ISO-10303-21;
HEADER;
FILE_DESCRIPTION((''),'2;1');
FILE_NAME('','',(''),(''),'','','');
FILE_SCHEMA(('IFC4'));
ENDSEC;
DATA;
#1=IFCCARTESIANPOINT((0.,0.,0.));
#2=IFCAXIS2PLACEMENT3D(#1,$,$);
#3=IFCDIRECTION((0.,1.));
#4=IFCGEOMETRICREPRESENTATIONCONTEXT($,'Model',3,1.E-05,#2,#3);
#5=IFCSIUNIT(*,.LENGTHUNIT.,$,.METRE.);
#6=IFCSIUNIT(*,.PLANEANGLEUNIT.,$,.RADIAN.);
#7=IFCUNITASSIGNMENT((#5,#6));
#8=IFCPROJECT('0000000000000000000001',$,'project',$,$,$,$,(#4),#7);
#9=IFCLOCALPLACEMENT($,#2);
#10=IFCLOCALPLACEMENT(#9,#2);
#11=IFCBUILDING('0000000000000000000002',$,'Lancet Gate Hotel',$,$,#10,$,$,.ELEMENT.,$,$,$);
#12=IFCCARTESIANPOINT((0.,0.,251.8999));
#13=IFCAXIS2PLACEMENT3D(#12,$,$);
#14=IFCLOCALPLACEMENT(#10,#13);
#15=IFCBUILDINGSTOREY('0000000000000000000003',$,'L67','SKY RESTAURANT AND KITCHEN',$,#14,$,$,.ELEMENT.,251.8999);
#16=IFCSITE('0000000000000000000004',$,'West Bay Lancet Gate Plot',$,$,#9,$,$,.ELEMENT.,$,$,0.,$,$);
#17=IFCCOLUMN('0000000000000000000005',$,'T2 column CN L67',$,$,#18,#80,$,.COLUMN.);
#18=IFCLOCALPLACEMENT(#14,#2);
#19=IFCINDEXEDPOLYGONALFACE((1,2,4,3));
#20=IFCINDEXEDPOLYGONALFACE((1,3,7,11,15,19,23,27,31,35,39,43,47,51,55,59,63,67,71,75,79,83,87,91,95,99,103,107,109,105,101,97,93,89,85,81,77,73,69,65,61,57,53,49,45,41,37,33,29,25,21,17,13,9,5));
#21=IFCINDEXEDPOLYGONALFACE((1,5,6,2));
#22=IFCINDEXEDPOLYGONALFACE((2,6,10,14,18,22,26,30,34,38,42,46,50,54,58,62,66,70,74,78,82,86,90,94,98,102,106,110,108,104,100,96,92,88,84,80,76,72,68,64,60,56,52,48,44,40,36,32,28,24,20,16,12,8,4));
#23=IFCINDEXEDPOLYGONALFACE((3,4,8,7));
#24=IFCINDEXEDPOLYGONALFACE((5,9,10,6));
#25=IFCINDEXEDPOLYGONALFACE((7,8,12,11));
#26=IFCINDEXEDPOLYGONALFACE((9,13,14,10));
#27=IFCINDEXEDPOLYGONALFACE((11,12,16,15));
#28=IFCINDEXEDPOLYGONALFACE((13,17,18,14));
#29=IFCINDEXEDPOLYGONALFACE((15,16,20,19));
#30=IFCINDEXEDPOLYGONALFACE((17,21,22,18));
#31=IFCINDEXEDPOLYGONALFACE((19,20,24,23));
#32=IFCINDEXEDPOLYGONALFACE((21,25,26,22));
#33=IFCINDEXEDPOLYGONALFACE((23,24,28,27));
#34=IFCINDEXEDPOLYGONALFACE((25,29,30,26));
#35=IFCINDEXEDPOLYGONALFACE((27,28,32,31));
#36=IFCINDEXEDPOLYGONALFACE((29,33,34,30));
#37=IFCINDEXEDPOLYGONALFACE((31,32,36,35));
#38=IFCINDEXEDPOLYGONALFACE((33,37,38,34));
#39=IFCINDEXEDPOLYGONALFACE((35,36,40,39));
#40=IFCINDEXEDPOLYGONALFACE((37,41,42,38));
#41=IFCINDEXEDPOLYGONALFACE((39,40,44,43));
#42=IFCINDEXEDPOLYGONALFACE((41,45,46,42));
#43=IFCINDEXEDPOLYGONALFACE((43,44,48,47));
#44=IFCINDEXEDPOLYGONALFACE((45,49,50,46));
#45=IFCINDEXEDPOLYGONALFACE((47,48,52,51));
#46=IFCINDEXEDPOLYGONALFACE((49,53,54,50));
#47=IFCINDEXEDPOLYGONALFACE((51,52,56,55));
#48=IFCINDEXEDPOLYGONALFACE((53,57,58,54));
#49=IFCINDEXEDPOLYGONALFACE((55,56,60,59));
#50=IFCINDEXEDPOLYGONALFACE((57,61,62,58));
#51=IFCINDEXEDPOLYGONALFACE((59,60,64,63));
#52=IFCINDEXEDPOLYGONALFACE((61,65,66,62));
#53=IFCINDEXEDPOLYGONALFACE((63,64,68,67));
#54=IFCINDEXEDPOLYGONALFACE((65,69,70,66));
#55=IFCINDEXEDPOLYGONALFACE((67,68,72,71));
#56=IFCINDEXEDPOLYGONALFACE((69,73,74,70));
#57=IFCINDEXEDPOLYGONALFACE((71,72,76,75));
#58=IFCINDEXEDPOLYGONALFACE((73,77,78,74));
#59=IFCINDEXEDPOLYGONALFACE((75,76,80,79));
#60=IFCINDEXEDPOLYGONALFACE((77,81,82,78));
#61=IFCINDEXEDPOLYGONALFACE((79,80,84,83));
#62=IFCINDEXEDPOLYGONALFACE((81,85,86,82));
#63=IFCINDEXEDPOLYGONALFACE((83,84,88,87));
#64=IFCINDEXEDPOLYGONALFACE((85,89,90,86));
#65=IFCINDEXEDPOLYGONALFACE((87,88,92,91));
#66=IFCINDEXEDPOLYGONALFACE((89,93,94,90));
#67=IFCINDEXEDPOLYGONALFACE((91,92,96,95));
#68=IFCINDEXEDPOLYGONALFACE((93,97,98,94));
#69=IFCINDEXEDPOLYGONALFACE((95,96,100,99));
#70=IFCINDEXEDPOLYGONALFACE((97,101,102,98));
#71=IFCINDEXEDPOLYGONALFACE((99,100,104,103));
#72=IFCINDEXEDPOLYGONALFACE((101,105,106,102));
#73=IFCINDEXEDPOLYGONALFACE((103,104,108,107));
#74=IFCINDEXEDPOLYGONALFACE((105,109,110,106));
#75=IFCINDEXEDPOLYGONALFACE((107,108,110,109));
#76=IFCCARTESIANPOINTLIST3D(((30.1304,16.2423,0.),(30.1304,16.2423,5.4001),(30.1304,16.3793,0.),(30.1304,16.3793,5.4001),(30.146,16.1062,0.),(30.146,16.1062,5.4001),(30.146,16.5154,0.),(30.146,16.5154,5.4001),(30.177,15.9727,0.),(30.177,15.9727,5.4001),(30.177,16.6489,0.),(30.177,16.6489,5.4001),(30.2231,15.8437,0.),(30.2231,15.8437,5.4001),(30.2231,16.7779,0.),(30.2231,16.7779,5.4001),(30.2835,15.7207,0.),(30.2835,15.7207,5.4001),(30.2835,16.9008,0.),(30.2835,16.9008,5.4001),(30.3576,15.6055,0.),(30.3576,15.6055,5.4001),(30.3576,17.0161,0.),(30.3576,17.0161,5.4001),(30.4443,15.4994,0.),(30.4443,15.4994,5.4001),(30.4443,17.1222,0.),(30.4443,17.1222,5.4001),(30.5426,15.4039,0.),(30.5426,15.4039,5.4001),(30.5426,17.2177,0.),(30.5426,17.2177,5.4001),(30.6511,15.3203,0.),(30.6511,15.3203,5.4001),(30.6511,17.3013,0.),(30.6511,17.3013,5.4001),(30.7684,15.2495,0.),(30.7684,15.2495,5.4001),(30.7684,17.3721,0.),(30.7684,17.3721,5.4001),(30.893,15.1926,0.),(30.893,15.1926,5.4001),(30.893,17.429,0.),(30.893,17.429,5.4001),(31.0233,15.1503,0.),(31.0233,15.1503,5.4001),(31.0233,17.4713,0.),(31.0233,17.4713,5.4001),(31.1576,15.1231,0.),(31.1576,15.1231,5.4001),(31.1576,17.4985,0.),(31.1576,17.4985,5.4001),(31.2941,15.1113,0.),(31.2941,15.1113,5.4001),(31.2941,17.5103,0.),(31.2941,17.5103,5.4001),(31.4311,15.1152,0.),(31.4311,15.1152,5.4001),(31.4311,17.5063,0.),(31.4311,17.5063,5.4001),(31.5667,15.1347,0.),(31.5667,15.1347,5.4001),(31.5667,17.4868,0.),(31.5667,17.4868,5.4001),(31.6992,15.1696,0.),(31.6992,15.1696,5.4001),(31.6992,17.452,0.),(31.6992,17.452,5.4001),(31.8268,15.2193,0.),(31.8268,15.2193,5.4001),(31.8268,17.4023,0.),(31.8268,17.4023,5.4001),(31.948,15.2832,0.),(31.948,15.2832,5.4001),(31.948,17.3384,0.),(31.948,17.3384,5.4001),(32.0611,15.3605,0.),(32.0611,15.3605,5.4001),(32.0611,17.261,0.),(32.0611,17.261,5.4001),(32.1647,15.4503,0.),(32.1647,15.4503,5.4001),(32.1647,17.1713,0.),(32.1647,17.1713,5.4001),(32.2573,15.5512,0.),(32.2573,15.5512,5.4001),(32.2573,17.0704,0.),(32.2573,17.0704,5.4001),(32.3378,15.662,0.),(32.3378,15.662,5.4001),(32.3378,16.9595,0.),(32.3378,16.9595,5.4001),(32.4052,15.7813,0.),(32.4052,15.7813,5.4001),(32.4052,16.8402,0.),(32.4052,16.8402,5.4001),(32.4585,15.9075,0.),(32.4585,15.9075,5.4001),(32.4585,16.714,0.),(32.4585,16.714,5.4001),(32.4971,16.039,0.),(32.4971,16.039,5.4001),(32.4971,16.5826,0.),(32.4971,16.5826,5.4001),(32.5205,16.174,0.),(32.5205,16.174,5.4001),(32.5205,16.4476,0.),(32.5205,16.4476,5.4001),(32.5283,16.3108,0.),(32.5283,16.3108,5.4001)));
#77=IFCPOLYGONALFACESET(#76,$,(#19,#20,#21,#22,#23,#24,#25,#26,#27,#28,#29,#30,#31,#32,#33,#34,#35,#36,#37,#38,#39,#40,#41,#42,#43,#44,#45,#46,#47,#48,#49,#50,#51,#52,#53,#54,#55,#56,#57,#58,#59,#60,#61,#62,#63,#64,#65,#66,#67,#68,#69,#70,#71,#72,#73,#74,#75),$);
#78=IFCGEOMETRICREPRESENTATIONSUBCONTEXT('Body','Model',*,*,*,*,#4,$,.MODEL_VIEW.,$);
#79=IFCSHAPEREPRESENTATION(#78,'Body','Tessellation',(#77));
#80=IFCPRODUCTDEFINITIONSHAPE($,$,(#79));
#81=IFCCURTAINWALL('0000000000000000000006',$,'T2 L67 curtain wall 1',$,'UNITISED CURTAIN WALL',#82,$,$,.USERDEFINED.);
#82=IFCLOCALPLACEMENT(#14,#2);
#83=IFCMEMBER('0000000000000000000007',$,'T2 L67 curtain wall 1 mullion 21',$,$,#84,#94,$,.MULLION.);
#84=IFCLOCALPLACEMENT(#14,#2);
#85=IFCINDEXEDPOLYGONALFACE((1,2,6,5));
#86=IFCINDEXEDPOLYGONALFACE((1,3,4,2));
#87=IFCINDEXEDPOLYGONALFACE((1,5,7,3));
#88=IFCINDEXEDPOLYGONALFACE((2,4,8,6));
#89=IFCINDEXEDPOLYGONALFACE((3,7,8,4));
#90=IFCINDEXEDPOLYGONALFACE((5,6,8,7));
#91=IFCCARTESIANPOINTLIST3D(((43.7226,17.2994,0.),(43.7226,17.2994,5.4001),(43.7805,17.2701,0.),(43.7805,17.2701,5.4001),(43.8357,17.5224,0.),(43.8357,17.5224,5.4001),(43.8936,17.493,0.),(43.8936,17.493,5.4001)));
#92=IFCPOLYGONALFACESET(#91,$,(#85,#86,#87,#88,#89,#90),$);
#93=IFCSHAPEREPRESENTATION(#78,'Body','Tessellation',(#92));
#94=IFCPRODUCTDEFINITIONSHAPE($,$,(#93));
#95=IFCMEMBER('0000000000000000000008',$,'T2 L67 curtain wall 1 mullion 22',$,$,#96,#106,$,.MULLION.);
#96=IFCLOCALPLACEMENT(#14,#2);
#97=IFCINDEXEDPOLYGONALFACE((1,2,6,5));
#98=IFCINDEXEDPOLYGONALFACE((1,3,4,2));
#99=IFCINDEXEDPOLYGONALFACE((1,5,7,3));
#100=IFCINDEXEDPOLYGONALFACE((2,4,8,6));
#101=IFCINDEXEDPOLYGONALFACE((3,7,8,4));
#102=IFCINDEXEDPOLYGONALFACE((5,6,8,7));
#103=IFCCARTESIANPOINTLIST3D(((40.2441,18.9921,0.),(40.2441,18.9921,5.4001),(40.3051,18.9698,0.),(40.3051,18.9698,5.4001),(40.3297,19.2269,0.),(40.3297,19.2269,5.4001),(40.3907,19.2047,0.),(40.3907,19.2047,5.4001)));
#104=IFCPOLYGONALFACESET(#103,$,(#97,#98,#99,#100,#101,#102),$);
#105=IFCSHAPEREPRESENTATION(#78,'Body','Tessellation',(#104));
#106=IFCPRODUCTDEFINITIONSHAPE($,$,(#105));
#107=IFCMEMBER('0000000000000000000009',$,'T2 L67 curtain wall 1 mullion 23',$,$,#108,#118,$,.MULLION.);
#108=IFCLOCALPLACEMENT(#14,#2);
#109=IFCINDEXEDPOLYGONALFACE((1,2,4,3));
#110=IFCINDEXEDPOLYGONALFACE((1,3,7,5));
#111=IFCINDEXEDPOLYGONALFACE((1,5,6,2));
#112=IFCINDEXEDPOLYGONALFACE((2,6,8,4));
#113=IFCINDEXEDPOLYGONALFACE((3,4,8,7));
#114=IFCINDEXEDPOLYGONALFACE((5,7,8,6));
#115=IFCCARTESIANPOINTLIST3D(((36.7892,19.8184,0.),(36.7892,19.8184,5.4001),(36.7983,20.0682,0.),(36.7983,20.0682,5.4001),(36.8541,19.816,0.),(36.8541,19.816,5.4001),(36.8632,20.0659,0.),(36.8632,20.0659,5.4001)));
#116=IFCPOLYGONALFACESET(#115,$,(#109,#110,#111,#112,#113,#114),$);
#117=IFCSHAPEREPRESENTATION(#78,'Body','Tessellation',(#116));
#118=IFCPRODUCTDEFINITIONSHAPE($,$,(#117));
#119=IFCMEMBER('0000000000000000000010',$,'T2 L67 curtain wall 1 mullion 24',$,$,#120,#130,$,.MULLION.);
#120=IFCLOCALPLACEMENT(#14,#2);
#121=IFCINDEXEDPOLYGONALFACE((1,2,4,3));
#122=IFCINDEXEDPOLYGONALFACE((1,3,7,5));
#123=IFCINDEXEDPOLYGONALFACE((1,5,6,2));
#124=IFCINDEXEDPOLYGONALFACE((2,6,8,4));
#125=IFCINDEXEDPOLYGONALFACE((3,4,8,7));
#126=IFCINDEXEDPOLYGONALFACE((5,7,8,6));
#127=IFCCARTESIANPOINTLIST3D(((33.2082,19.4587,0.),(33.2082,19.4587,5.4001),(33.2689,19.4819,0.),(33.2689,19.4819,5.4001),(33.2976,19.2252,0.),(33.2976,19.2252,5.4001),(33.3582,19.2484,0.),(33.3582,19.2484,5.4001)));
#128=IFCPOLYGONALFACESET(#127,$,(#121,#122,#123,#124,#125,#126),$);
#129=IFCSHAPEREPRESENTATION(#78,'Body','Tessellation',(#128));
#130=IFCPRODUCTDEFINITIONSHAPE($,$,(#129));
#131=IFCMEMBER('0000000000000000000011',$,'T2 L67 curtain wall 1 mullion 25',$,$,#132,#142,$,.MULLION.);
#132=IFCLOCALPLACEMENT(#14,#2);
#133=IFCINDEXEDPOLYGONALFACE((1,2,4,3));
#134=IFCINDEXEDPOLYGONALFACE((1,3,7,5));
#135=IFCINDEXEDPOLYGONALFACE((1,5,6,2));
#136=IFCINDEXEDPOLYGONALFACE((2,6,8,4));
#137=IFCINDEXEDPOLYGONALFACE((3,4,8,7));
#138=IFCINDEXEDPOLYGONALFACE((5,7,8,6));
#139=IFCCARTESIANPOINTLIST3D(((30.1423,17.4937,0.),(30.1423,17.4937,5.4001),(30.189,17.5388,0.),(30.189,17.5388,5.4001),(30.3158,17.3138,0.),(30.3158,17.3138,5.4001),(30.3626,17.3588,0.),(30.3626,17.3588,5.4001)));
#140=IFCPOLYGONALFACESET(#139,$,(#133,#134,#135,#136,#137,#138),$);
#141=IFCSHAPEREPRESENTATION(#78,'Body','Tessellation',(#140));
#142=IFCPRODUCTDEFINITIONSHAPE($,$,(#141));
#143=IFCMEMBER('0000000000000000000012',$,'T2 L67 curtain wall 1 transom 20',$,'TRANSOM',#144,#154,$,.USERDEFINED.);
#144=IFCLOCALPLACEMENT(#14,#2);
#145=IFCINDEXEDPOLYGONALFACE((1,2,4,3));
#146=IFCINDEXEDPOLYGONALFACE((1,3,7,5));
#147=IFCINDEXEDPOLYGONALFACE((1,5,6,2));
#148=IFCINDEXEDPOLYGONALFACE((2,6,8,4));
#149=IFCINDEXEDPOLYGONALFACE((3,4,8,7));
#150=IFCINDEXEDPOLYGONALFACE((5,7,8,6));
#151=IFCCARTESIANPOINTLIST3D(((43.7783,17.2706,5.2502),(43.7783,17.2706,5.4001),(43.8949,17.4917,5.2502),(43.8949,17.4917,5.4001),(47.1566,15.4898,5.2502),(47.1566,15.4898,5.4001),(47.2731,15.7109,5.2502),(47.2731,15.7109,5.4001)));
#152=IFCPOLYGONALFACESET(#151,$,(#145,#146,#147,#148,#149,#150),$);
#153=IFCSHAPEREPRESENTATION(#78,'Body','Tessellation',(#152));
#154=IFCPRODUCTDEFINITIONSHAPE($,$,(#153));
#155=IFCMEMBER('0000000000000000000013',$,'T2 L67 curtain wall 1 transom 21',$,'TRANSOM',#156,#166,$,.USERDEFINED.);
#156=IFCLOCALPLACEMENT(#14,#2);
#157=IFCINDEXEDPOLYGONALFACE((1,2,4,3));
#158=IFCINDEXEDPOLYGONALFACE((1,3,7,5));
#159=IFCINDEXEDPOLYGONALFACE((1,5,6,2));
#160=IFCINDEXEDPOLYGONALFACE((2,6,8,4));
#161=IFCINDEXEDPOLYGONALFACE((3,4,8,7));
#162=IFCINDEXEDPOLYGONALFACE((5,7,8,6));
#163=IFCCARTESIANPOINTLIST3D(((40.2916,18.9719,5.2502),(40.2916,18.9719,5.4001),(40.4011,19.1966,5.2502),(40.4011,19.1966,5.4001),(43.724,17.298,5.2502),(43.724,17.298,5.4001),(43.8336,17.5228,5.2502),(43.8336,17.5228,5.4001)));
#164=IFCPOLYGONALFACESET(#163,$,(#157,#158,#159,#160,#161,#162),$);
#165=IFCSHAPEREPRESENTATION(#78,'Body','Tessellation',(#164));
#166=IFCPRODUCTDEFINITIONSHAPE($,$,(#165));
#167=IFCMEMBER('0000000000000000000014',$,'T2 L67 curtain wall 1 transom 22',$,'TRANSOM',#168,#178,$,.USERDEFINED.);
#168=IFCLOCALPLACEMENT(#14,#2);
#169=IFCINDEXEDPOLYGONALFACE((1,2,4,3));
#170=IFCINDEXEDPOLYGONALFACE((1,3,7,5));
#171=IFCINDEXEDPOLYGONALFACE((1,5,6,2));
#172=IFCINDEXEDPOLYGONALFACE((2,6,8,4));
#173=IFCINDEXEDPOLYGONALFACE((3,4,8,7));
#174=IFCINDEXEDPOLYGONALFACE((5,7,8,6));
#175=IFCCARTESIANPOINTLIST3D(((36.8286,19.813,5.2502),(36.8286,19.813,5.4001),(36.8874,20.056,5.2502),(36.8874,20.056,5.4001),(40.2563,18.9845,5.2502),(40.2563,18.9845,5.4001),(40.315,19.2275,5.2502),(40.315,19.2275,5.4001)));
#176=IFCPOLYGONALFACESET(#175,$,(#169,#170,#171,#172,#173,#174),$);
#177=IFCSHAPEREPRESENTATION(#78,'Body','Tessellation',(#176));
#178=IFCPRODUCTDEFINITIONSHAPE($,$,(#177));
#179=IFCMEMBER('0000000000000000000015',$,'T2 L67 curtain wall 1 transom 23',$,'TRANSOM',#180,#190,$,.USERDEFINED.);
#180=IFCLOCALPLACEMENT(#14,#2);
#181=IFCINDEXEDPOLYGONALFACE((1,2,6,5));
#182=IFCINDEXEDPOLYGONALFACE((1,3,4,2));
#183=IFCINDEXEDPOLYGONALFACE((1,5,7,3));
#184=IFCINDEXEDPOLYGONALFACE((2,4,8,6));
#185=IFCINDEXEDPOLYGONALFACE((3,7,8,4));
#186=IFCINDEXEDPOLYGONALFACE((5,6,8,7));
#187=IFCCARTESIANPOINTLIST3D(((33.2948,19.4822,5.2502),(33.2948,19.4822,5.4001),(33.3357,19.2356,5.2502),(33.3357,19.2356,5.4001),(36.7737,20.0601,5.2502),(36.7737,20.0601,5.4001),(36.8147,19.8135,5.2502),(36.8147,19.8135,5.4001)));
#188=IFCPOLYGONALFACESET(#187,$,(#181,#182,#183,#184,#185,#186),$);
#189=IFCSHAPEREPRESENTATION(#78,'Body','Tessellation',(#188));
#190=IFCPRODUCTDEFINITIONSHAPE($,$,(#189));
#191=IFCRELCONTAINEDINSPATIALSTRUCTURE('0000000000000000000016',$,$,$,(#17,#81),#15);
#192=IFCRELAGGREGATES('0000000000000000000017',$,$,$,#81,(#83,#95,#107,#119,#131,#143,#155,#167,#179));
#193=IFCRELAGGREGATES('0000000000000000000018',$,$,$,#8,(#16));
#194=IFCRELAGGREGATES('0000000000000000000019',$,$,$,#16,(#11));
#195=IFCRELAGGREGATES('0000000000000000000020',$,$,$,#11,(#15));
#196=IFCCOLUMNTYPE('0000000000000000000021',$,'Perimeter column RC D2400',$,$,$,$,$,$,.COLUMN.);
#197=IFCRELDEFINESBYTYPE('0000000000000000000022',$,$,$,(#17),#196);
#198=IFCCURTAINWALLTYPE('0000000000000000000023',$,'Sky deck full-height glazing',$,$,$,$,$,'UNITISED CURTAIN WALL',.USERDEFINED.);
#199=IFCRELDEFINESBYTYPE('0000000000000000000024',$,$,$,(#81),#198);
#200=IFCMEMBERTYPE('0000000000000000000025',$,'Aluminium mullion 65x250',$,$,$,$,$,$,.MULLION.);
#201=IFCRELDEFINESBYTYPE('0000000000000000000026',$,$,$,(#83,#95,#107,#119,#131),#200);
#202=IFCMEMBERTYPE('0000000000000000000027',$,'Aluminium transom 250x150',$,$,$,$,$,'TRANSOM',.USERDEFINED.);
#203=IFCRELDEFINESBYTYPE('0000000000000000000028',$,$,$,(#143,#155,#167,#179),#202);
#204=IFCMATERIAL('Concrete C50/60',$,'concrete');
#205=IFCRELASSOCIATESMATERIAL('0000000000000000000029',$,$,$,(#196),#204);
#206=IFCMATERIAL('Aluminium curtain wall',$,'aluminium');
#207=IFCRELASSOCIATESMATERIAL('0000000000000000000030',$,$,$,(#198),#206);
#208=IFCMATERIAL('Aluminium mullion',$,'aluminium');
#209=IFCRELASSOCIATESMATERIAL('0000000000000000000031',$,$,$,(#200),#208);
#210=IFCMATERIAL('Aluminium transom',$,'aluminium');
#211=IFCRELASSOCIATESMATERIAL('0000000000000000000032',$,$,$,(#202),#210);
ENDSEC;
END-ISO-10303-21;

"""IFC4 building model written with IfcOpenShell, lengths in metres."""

from ifc_helpers import new_model, si_unit, direction, frame, origin, origin_2d, place, context, subcontext, project, spatial, rectangle, circle, extrude, material, material_profile, profile_set, type_object, element, aggregate, save


model = new_model("IFC4")

# Units and contexts
model_context = context("Model", 3, precision=1e-05, world=origin(), true_north=direction((0.0, 1.0)))
body_context = subcontext(model_context, "Body", "Model", "MODEL_VIEW")
ifc_project = project(units=[si_unit("LENGTHUNIT", "METRE"), si_unit("PLANEANGLEUNIT", "RADIAN")], contexts=[model_context])

# Site, building, storey
site_placement = place(None, origin())
site = spatial("IfcSite", under=ifc_project, at=site_placement, Name="West Bay Lancet Gate Plot", CompositionType="ELEMENT", RefElevation=0.0)
building_placement = place(site_placement, origin())
building = spatial("IfcBuilding", under=site, at=building_placement, Name="Lancet Gate Hotel", CompositionType="ELEMENT")
storey_placement = place(building_placement, frame((0.0, 0.0, 251.8999)))
storey = spatial("IfcBuildingStorey", under=building, at=storey_placement, Name="L67", Description="SKY RESTAURANT AND KITCHEN", CompositionType="ELEMENT", Elevation=251.8999)

# Column
ifc_material_1 = material(Name="Concrete C50/60", Category="concrete")
ifc_material_profile_1 = material_profile(ifc_material_1, circle(Radius=1.2, at=origin_2d()), Name="RC D2400")
ifc_profile_set_1 = profile_set([ifc_material_profile_1], Name="Concrete C50/60")
column_type = type_object("IfcColumnType", Name="Perimeter column RC D2400", PredefinedType="COLUMN", material=ifc_profile_set_1)
column_placement = place(storey_placement, frame((31.3284, 16.3108, 0.0), z_axis=(0.0, 0.0, 1.0), x_axis=(1.0, 0.0, 0.0)))
element("IfcColumn", 1, at=column_placement, inside=storey, type_object=column_type, Name="T2 column CN L67", PredefinedType="COLUMN", context=body_context, shape_type="SweptSolid", body=[
    extrude(circle(Radius=1.2, at=origin_2d()), origin(), (0.0, 0.0, 1.0), 5.4001),
])

# Curtain wall, members
ifc_material_2 = material(Name="Aluminium curtain wall", Category="aluminium")
curtain_wall_type = type_object("IfcCurtainWallType", Name="Sky deck full-height glazing", ElementType="UNITISED CURTAIN WALL", PredefinedType="USERDEFINED", material=ifc_material_2)
curtain_wall_placement = place(storey_placement, origin())
curtain_wall = element("IfcCurtainWall", 2, at=curtain_wall_placement, inside=storey, type_object=curtain_wall_type, Name="T2 L67 curtain wall 1", ObjectType="UNITISED CURTAIN WALL", PredefinedType="USERDEFINED")
ifc_material_3 = material(Name="Aluminium mullion", Category="aluminium")
ifc_material_profile_2 = material_profile(ifc_material_3, rectangle(XDim=0.0649, YDim=0.25, at=origin_2d()), Name="MULLION 65x250")
ifc_profile_set_2 = profile_set([ifc_material_profile_2], Name="Aluminium mullion")
member_type_1 = type_object("IfcMemberType", Name="Aluminium mullion 65x250", PredefinedType="MULLION", material=ifc_profile_set_2)
member_1_placement = place(storey_placement, frame((43.8081, 17.3962, 0.0), z_axis=(0.0, 0.0, 1.0), x_axis=(-0.891833, 0.452365, 0.0)))
member_1 = element("IfcMember", 3, at=member_1_placement, type_object=member_type_1, Name="T2 L67 curtain wall 1 mullion 21", PredefinedType="MULLION", context=body_context, shape_type="SweptSolid", body=[
    extrude(rectangle(XDim=0.0649, YDim=0.25, at=origin_2d()), origin(), (0.0, 0.0, 1.0), 5.4001),
])
member_2_placement = place(storey_placement, frame((40.3174, 19.0984, 0.0), z_axis=(0.0, 0.0, 1.0), x_axis=(-0.939484, 0.342593, 0.0)))
member_2 = element("IfcMember", 4, at=member_2_placement, type_object=member_type_1, Name="T2 L67 curtain wall 1 mullion 22", PredefinedType="MULLION", context=body_context, shape_type="SweptSolid", body=[
    extrude(rectangle(XDim=0.0649, YDim=0.25, at=origin_2d()), origin(), (0.0, 0.0, 1.0), 5.4001),
])
member_3_placement = place(storey_placement, frame((36.8262, 19.9421, 0.0), z_axis=(0.0, 0.0, 1.0), x_axis=(-0.999343, 0.03625, 0.0)))
member_3 = element("IfcMember", 5, at=member_3_placement, type_object=member_type_1, Name="T2 L67 curtain wall 1 mullion 23", PredefinedType="MULLION", context=body_context, shape_type="SweptSolid", body=[
    extrude(rectangle(XDim=0.0649, YDim=0.25, at=origin_2d()), origin(), (0.0, 0.0, 1.0), 5.4001),
])
member_4_placement = place(storey_placement, frame((33.2832, 19.3535, 0.0), z_axis=(0.0, 0.0, 1.0), x_axis=(-0.933943, -0.357421, 0.0)))
member_4 = element("IfcMember", 6, at=member_4_placement, type_object=member_type_1, Name="T2 L67 curtain wall 1 mullion 24", PredefinedType="MULLION", context=body_context, shape_type="SweptSolid", body=[
    extrude(rectangle(XDim=0.0649, YDim=0.25, at=origin_2d()), origin(), (0.0, 0.0, 1.0), 5.4001),
])
member_5_placement = place(storey_placement, frame((30.2524, 17.4263, 0.0), z_axis=(0.0, 0.0, 1.0), x_axis=(-0.719809, -0.694172, 0.0)))
member_5 = element("IfcMember", 7, at=member_5_placement, type_object=member_type_1, Name="T2 L67 curtain wall 1 mullion 25", PredefinedType="MULLION", context=body_context, shape_type="SweptSolid", body=[
    extrude(rectangle(XDim=0.0649, YDim=0.25, at=origin_2d()), origin(), (0.0, 0.0, 1.0), 5.4001),
])
ifc_material_4 = material(Name="Aluminium transom", Category="aluminium")
ifc_material_profile_3 = material_profile(ifc_material_4, rectangle(XDim=0.25, YDim=0.1499, at=origin_2d()), Name="TRANSOM 250x150")
ifc_profile_set_3 = profile_set([ifc_material_profile_3], Name="Aluminium transom")
member_type_2 = type_object("IfcMemberType", Name="Aluminium transom 250x150", ElementType="TRANSOM", PredefinedType="USERDEFINED", material=ifc_profile_set_3)
member_6_placement = place(storey_placement, frame((47.2148, 15.6003, 5.3252), z_axis=(-0.884618, 0.466315, 0.0), x_axis=(-0.466315, -0.884618, 0.0)))
member_6 = element("IfcMember", 8, at=member_6_placement, type_object=member_type_2, Name="T2 L67 curtain wall 1 transom 20", ObjectType="TRANSOM", PredefinedType="USERDEFINED", context=body_context, shape_type="SweptSolid", body=[
    extrude(rectangle(XDim=0.25, YDim=0.1499, at=origin_2d()), origin(), (0.0, 0.0, 1.0), 3.8188),
])
member_7_placement = place(storey_placement, frame((43.7788, 17.4104, 5.3252), z_axis=(-0.89882, 0.438318, 0.0), x_axis=(-0.438318, -0.89882, 0.0)))
member_7 = element("IfcMember", 9, at=member_7_placement, type_object=member_type_2, Name="T2 L67 curtain wall 1 transom 21", ObjectType="TRANSOM", PredefinedType="USERDEFINED", context=body_context, shape_type="SweptSolid", body=[
    extrude(rectangle(XDim=0.25, YDim=0.1499, at=origin_2d()), origin(), (0.0, 0.0, 1.0), 3.8188),
])
member_8_placement = place(storey_placement, frame((40.2856, 19.106, 5.3252), z_axis=(-0.972003, 0.23497, 0.0), x_axis=(-0.23497, -0.972003, 0.0)))
member_8 = element("IfcMember", 10, at=member_8_placement, type_object=member_type_2, Name="T2 L67 curtain wall 1 transom 22", ObjectType="TRANSOM", PredefinedType="USERDEFINED", context=body_context, shape_type="SweptSolid", body=[
    extrude(rectangle(XDim=0.25, YDim=0.1499, at=origin_2d()), origin(), (0.0, 0.0, 1.0), 3.5264),
])
member_9_placement = place(storey_placement, frame((36.7942, 19.9368, 5.3252), z_axis=(-0.986484, -0.16386, 0.0), x_axis=(0.16386, -0.986484, 0.0)))
member_9 = element("IfcMember", 11, at=member_9_placement, type_object=member_type_2, Name="T2 L67 curtain wall 1 transom 23", ObjectType="TRANSOM", PredefinedType="USERDEFINED", context=body_context, shape_type="SweptSolid", body=[
    extrude(rectangle(XDim=0.25, YDim=0.1499, at=origin_2d()), origin(), (0.0, 0.0, 1.0), 3.5266),
])
aggregate(curtain_wall, [member_1, member_2, member_3, member_4, member_5, member_6, member_7, member_8, member_9])

save(model, "model.ifc")
